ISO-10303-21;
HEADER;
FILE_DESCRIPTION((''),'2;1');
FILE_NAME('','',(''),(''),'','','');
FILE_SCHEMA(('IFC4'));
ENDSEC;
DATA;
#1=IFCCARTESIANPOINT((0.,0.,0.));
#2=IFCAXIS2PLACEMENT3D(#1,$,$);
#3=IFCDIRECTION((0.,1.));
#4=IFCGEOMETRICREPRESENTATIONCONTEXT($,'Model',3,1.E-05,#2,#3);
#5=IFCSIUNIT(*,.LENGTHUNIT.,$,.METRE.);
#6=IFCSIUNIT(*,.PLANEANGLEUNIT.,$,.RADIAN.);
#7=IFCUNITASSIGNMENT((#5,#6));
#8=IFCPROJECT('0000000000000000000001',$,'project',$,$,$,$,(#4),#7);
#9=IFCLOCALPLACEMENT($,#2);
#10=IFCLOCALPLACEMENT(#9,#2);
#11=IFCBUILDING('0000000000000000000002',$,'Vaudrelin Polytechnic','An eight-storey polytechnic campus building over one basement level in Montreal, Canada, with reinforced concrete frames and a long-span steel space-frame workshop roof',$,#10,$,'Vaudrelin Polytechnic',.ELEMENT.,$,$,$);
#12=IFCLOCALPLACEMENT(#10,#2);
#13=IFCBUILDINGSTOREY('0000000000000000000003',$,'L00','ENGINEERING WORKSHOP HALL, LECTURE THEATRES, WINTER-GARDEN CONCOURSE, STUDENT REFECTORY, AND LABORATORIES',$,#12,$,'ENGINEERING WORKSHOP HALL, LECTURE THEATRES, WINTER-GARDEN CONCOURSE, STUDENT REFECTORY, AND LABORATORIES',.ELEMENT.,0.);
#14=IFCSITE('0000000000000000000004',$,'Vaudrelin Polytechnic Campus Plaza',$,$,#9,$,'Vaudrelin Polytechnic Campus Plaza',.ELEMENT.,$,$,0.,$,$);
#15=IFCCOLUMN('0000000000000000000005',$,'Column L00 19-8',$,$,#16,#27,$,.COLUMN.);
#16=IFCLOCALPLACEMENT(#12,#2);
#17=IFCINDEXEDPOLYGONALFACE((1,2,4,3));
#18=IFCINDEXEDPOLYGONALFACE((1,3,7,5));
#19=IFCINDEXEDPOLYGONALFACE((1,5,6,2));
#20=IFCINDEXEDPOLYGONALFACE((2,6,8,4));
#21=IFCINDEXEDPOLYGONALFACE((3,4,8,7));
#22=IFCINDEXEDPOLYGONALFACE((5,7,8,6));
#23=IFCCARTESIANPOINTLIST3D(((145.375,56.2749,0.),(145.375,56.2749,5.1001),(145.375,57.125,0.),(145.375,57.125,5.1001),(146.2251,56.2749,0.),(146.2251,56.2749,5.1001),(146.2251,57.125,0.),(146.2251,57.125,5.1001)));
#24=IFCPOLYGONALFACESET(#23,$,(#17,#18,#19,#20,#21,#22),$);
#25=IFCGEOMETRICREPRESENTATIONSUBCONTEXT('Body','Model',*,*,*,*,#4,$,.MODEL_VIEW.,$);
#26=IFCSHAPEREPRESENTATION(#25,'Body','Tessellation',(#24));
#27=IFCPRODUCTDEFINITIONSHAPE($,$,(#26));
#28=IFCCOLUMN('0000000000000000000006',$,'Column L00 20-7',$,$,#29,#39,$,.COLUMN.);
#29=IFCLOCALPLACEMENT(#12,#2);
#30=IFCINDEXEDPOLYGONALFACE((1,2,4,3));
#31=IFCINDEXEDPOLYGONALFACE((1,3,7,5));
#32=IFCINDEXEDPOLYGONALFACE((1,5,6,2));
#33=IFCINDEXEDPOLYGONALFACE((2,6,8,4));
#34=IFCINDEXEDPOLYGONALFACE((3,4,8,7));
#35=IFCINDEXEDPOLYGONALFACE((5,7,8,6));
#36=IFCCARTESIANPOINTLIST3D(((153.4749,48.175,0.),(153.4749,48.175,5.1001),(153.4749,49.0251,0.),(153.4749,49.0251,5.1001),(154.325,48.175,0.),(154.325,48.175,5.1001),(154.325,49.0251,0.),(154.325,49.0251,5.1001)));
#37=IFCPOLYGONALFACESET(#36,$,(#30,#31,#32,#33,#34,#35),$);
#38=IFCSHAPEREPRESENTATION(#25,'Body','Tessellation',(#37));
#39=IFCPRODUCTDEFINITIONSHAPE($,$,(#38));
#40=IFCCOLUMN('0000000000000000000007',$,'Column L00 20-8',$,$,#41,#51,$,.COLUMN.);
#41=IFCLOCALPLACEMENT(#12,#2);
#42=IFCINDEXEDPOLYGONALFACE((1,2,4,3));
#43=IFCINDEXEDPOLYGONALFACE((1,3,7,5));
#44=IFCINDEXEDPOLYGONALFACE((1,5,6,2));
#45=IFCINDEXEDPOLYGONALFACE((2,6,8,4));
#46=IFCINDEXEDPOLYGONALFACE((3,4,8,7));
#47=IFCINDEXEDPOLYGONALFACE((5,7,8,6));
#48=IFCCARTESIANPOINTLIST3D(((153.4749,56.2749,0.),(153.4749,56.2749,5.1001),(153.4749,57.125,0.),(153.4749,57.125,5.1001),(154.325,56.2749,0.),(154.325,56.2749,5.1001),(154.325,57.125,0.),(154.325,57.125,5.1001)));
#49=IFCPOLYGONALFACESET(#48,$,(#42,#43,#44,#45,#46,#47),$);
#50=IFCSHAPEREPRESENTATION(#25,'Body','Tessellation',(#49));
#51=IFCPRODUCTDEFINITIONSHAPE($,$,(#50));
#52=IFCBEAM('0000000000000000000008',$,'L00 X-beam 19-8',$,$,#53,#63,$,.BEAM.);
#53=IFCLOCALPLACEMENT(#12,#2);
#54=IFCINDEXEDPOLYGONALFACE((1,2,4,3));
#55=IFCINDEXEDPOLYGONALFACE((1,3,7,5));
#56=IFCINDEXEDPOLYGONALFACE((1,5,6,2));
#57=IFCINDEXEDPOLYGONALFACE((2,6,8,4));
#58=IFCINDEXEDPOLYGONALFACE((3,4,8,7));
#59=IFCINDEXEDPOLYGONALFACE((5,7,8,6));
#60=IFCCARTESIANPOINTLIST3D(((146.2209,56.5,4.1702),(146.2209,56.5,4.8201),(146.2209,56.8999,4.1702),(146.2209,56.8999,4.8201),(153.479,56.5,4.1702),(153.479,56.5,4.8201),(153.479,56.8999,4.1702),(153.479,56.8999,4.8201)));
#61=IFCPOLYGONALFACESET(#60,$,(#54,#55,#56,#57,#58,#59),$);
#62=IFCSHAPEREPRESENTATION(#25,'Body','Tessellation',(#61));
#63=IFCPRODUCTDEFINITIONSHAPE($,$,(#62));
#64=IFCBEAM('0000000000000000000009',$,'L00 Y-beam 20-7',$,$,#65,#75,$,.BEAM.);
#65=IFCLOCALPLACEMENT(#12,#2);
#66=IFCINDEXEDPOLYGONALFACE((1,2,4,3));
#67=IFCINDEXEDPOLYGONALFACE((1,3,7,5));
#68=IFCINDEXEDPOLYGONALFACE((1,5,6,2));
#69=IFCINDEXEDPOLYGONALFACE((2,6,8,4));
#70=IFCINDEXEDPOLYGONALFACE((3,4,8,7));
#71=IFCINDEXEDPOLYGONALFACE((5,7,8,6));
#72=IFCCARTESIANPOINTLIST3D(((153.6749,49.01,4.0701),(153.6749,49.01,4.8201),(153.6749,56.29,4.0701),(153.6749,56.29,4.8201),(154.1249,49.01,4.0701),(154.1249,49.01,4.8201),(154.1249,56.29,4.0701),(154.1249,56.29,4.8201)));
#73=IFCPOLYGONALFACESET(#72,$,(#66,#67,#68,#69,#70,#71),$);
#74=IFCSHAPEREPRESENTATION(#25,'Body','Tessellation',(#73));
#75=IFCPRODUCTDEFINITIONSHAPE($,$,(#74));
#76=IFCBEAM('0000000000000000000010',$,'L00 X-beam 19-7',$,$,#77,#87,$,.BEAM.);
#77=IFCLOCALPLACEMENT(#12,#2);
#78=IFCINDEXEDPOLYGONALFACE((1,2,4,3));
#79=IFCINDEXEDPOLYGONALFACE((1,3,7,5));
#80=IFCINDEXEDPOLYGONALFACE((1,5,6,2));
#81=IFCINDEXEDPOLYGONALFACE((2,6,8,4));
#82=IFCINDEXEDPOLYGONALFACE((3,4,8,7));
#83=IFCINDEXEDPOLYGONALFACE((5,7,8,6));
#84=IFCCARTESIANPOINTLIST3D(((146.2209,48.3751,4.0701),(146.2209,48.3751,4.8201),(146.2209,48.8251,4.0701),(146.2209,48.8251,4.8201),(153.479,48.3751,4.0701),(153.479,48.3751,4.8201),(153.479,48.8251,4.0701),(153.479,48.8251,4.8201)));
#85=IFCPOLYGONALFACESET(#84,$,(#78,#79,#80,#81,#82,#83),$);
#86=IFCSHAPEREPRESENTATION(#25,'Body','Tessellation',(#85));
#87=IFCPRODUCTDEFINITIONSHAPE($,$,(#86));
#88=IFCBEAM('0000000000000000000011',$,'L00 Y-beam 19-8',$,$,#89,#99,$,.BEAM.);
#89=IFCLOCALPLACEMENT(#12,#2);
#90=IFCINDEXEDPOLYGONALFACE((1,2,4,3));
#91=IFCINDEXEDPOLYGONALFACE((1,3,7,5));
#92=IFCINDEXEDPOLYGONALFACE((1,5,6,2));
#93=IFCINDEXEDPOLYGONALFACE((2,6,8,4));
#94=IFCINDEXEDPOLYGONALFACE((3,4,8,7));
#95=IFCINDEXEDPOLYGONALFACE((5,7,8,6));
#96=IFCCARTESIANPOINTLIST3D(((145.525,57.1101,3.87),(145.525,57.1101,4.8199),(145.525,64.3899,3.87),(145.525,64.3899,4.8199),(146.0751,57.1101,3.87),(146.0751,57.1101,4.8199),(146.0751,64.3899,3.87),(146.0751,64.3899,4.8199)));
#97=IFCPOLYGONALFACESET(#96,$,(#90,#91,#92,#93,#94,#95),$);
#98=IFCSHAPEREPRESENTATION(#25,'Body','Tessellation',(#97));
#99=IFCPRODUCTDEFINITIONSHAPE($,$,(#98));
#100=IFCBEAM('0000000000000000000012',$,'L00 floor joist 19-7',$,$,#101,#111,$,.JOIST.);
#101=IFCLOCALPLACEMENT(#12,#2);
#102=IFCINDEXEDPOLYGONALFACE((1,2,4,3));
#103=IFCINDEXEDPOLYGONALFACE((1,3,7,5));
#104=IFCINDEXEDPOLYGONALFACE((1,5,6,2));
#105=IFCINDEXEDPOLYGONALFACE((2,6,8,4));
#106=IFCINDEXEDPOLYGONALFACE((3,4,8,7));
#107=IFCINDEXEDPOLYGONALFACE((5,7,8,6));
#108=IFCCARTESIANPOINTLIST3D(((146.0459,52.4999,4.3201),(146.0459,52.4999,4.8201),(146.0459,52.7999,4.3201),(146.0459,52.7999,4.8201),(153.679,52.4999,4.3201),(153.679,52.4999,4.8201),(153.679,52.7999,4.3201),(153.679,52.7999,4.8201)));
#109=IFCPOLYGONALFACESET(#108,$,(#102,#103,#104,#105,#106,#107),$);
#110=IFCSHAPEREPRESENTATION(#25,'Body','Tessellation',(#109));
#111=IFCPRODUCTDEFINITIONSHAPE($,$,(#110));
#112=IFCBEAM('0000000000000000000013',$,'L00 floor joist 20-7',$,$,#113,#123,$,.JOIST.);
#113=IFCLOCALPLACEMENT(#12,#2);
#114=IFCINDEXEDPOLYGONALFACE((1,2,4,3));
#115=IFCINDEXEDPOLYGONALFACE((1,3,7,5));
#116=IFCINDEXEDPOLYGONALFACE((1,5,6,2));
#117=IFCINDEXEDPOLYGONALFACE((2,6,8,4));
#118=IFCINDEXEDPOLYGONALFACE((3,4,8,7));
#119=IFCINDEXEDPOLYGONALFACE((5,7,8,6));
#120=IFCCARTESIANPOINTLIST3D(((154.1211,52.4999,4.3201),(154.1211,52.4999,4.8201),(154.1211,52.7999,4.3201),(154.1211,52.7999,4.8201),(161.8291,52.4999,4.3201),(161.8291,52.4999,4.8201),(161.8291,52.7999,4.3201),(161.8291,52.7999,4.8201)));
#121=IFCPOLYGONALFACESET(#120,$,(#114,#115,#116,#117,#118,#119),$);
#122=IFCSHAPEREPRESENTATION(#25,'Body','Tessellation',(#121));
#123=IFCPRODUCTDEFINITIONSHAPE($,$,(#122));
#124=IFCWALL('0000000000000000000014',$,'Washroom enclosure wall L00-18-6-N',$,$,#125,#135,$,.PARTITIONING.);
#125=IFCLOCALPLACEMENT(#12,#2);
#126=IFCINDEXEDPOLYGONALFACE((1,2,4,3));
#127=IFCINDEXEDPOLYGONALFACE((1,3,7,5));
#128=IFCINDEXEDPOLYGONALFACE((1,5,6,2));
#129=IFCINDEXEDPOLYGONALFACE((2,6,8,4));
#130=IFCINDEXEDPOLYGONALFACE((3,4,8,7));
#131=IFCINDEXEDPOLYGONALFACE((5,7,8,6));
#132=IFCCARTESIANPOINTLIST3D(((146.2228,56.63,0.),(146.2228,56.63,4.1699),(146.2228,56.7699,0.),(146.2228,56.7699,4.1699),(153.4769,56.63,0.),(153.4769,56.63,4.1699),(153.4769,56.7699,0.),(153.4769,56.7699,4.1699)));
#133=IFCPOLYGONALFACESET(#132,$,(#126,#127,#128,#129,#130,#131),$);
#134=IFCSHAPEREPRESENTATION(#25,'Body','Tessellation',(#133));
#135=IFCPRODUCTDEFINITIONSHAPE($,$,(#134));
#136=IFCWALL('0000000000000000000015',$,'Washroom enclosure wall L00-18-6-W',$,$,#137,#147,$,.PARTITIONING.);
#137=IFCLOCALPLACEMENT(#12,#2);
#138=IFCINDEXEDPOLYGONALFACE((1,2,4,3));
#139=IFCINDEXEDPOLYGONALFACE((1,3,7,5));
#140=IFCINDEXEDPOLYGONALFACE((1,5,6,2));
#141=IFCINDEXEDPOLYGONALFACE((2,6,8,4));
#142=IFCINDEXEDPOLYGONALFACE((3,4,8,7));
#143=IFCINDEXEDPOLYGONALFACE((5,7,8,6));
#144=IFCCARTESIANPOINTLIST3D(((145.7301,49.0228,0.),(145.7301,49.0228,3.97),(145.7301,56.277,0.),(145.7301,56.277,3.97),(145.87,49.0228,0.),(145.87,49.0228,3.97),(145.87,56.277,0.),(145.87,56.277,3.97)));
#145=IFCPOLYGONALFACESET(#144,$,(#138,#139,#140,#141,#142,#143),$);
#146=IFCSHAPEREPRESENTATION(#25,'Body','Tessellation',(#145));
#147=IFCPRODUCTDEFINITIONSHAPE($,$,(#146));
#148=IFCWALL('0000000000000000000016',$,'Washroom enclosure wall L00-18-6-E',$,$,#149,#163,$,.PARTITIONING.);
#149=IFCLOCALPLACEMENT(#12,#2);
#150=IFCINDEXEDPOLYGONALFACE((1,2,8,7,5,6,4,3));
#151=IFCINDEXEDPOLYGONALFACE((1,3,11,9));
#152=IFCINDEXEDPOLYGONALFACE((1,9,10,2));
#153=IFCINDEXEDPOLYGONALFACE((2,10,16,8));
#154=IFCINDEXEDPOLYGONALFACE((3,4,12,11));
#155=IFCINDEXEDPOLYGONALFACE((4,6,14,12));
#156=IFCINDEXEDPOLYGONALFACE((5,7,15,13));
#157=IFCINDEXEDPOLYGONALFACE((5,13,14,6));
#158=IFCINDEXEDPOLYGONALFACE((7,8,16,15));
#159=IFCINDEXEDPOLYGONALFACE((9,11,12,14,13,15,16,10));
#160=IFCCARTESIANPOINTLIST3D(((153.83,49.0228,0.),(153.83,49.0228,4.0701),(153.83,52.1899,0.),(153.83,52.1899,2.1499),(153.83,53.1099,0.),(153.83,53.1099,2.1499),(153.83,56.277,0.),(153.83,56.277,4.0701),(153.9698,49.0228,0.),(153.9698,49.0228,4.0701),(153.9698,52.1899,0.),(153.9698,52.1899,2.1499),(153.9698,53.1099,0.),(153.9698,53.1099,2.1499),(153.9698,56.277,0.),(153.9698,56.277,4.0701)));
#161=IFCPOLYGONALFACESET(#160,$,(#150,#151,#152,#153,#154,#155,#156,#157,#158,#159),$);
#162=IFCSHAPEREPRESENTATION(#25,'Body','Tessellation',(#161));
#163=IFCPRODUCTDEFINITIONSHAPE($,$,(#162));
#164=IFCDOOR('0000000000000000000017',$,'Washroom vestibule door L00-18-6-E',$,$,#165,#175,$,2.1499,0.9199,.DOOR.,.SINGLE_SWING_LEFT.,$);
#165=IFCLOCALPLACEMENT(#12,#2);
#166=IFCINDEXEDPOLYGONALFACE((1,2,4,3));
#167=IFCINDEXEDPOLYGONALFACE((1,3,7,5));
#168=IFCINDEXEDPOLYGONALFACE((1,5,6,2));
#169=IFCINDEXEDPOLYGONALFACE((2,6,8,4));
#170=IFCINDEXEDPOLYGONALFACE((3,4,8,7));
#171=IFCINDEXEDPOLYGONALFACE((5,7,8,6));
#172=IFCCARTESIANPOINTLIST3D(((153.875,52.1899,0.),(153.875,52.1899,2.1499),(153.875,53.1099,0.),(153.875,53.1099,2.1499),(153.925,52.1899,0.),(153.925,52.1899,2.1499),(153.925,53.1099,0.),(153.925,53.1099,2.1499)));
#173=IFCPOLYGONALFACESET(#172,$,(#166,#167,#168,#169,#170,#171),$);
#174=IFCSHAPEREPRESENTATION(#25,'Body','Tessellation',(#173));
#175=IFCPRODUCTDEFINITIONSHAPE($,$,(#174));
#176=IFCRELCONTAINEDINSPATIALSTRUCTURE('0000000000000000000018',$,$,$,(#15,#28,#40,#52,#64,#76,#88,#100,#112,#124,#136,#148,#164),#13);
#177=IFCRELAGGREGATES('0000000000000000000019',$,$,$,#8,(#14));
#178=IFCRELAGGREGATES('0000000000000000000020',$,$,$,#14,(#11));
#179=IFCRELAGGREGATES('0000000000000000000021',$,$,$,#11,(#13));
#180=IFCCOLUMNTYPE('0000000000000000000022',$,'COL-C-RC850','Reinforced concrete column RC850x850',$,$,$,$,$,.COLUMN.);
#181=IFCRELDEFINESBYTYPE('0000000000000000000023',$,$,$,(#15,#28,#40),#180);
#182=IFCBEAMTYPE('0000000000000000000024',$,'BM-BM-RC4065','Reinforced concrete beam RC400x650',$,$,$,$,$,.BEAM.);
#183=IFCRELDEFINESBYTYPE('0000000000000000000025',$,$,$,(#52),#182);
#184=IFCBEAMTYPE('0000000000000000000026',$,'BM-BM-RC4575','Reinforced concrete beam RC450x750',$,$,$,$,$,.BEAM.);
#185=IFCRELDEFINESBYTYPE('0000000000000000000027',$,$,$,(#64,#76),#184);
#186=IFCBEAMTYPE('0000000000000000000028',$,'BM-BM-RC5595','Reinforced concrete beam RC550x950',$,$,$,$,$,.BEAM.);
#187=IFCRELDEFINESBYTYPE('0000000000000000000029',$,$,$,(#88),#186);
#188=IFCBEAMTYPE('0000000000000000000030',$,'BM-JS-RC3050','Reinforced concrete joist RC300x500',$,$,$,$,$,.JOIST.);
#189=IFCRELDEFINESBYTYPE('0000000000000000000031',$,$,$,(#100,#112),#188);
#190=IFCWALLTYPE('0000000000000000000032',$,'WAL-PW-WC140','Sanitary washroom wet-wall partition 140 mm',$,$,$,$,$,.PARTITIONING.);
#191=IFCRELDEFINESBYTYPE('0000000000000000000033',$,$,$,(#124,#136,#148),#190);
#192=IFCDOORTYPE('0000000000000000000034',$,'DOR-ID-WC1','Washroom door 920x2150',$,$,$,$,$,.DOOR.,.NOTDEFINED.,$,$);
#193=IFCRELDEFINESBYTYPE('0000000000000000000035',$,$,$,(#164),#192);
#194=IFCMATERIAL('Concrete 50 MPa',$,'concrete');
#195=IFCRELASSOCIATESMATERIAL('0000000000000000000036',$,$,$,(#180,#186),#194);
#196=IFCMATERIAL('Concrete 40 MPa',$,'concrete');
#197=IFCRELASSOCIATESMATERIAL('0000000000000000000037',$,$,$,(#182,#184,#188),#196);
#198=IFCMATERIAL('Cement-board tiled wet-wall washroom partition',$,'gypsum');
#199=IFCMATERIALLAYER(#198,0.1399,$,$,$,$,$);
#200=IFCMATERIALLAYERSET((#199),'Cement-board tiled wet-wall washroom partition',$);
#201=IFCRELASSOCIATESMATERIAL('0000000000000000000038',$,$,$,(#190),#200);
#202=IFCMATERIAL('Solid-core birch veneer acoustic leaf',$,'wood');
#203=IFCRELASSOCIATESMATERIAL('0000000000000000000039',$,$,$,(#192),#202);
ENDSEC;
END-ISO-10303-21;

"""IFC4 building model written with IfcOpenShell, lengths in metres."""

from ifc_helpers import new_model, si_unit, direction, frame, frame_2d, origin, origin_2d, place, context, subcontext, project, spatial, rectangle, extrude, material, layer, layer_set, material_profile, profile_set, type_object, element, fill, save


model = new_model("IFC4")

# Units and contexts
model_context = context("Model", 3, precision=1e-05, world=origin(), true_north=direction((0.0, 1.0)))
body_context = subcontext(model_context, "Body", "Model", "MODEL_VIEW")
ifc_project = project(units=[si_unit("LENGTHUNIT", "METRE"), si_unit("PLANEANGLEUNIT", "RADIAN")], contexts=[model_context])

# Site, building, storey
site_placement = place(None, origin())
site = spatial("IfcSite", under=ifc_project, at=site_placement, Name="Vaudrelin Polytechnic Campus Plaza", LongName="Vaudrelin Polytechnic Campus Plaza", CompositionType="ELEMENT", RefElevation=0.0)
building_placement = place(site_placement, origin())
building = spatial("IfcBuilding", under=site, at=building_placement, Name="Vaudrelin Polytechnic", Description="An eight-storey polytechnic campus building over one basement level in Montreal, Canada, with reinforced concrete frames and a long-span steel space-frame workshop roof", LongName="Vaudrelin Polytechnic", CompositionType="ELEMENT")
storey_placement = place(building_placement, origin())
storey = spatial("IfcBuildingStorey", under=building, at=storey_placement, Name="L00", Description="ENGINEERING WORKSHOP HALL, LECTURE THEATRES, WINTER-GARDEN CONCOURSE, STUDENT REFECTORY, AND LABORATORIES", LongName="ENGINEERING WORKSHOP HALL, LECTURE THEATRES, WINTER-GARDEN CONCOURSE, STUDENT REFECTORY, AND LABORATORIES", CompositionType="ELEMENT", Elevation=0.0)

# Columns
ifc_material_1 = material(Name="Concrete 50 MPa", Category="concrete")
ifc_material_profile_1 = material_profile(ifc_material_1, rectangle(XDim=0.8501, YDim=0.8501, at=origin_2d()), Name="RC850x850")
ifc_profile_set_1 = profile_set([ifc_material_profile_1], Name="Concrete 50 MPa")
column_type = type_object("IfcColumnType", Name="COL-C-RC850", Description="Reinforced concrete column RC850x850", PredefinedType="COLUMN", material=ifc_profile_set_1)
for number, where, z_axis, x_axis, name in (
    (1, (145.8, 56.7, 0.0), (0.0, 0.0, 1.0), (1.0, 0.0, 0.0), "Column L00 19-8"),
    (2, (153.8999, 48.6001, 0.0), (0.0, 0.0, 1.0), (1.0, 0.0, 0.0), "Column L00 20-7"),
    (3, (153.8999, 56.7, 0.0), (0.0, 0.0, 1.0), (1.0, 0.0, 0.0), "Column L00 20-8"),
):
    element("IfcColumn", number, at=place(storey_placement, frame(where, z_axis=z_axis, x_axis=x_axis)), inside=storey, type_object=column_type, Name=name, PredefinedType="COLUMN", context=body_context, shape_type="SweptSolid", body=[
        extrude(rectangle(XDim=0.8501, YDim=0.8501, at=origin_2d()), origin(), (0.0, 0.0, 1.0), 5.1001),
    ])

# Beams
ifc_material_2 = material(Name="Concrete 40 MPa", Category="concrete")
ifc_material_profile_2 = material_profile(ifc_material_2, rectangle(XDim=0.3999, YDim=0.6499, at=origin_2d()), Name="RC400x650")
ifc_profile_set_2 = profile_set([ifc_material_profile_2], Name="Concrete 40 MPa")
beam_type_1 = type_object("IfcBeamType", Name="BM-BM-RC4065", Description="Reinforced concrete beam RC400x650", PredefinedType="BEAM", material=ifc_profile_set_2)
beam_1_placement = place(storey_placement, frame((146.2209, 56.7, 4.4951), z_axis=(1.0, 0.0, 0.0), x_axis=(0.0, 1.0, 0.0)))
element("IfcBeam", 4, at=beam_1_placement, inside=storey, type_object=beam_type_1, Name="L00 X-beam 19-8", PredefinedType="BEAM", context=body_context, shape_type="SweptSolid", body=[
    extrude(rectangle(XDim=0.3999, YDim=0.6499, at=origin_2d()), origin(), (0.0, 0.0, 1.0), 7.2581),
])
ifc_material_profile_3 = material_profile(ifc_material_2, rectangle(XDim=0.45, YDim=0.75, at=origin_2d()), Name="RC450x750")
ifc_profile_set_3 = profile_set([ifc_material_profile_3], Name="Concrete 40 MPa")
beam_type_2 = type_object("IfcBeamType", Name="BM-BM-RC4575", Description="Reinforced concrete beam RC450x750", PredefinedType="BEAM", material=ifc_profile_set_3)
beam_2_placement = place(storey_placement, frame((153.8999, 49.01, 4.4451), z_axis=(0.0, 1.0, 0.0), x_axis=(-1.0, 0.0, 0.0)))
element("IfcBeam", 5, at=beam_2_placement, inside=storey, type_object=beam_type_2, Name="L00 Y-beam 20-7", PredefinedType="BEAM", context=body_context, shape_type="SweptSolid", body=[
    extrude(rectangle(XDim=0.45, YDim=0.75, at=origin_2d()), origin(), (0.0, 0.0, 1.0), 7.28),
])
beam_3_placement = place(storey_placement, frame((146.2209, 48.6001, 4.4451), z_axis=(1.0, 0.0, 0.0), x_axis=(0.0, 1.0, 0.0)))
element("IfcBeam", 6, at=beam_3_placement, inside=storey, type_object=beam_type_2, Name="L00 X-beam 19-7", PredefinedType="BEAM", context=body_context, shape_type="SweptSolid", body=[
    extrude(rectangle(XDim=0.45, YDim=0.75, at=origin_2d()), origin(), (0.0, 0.0, 1.0), 7.2581),
])
ifc_material_profile_4 = material_profile(ifc_material_1, rectangle(XDim=0.55, YDim=0.95, at=origin_2d()), Name="RC550x950")
ifc_profile_set_4 = profile_set([ifc_material_profile_4], Name="Concrete 50 MPa")
beam_type_3 = type_object("IfcBeamType", Name="BM-BM-RC5595", Description="Reinforced concrete beam RC550x950", PredefinedType="BEAM", material=ifc_profile_set_4)
beam_4_placement = place(storey_placement, frame((145.8, 57.1101, 4.345), z_axis=(0.0, 1.0, 0.0), x_axis=(-1.0, 0.0, 0.0)))
element("IfcBeam", 7, at=beam_4_placement, inside=storey, type_object=beam_type_3, Name="L00 Y-beam 19-8", PredefinedType="BEAM", context=body_context, shape_type="SweptSolid", body=[
    extrude(rectangle(XDim=0.55, YDim=0.95, at=origin_2d()), origin(), (0.0, 0.0, 1.0), 7.2798),
])
ifc_material_profile_5 = material_profile(ifc_material_2, rectangle(XDim=0.3, YDim=0.5, at=origin_2d()), Name="RC300x500")
ifc_profile_set_5 = profile_set([ifc_material_profile_5], Name="Concrete 40 MPa")
beam_type_4 = type_object("IfcBeamType", Name="BM-JS-RC3050", Description="Reinforced concrete joist RC300x500", PredefinedType="JOIST", material=ifc_profile_set_5)
beam_5_placement = place(storey_placement, frame((146.0459, 52.6499, 4.5701), z_axis=(1.0, 0.0, 0.0), x_axis=(0.0, 1.0, 0.0)))
element("IfcBeam", 8, at=beam_5_placement, inside=storey, type_object=beam_type_4, Name="L00 floor joist 19-7", PredefinedType="JOIST", context=body_context, shape_type="SweptSolid", body=[
    extrude(rectangle(XDim=0.3, YDim=0.5, at=origin_2d()), origin(), (0.0, 0.0, 1.0), 7.6331),
])
beam_6_placement = place(storey_placement, frame((154.1211, 52.6499, 4.5701), z_axis=(1.0, 0.0, 0.0), x_axis=(0.0, 1.0, 0.0)))
element("IfcBeam", 9, at=beam_6_placement, inside=storey, type_object=beam_type_4, Name="L00 floor joist 20-7", PredefinedType="JOIST", context=body_context, shape_type="SweptSolid", body=[
    extrude(rectangle(XDim=0.3, YDim=0.5, at=origin_2d()), origin(), (0.0, 0.0, 1.0), 7.708),
])

# Walls
ifc_material_3 = material(Name="Cement-board tiled wet-wall washroom partition", Category="gypsum")
ifc_layer_1 = layer(ifc_material_3, 0.1399)
ifc_layer_set_1 = layer_set([ifc_layer_1], Name="Cement-board tiled wet-wall washroom partition")
wall_type_1 = type_object("IfcWallType", Name="WAL-PW-WC140", Description="Sanitary washroom wet-wall partition 140 mm", PredefinedType="PARTITIONING", material=ifc_layer_set_1)
wall_1_placement = place(storey_placement, frame((146.2229, 56.7, 0.0), z_axis=(0.0, 0.0, 1.0), x_axis=(1.0, 0.0, 0.0)))
element("IfcWall", 10, at=wall_1_placement, inside=storey, type_object=wall_type_1, Name="Washroom enclosure wall L00-18-6-N", PredefinedType="PARTITIONING", context=body_context, shape_type="SweptSolid", body=[
    extrude(rectangle(XDim=7.2542, YDim=0.1399, at=frame_2d((3.627, 0.0))), origin(), (0.0, 0.0, 1.0), 4.1699),
])
wall_2_placement = place(storey_placement, frame((145.8, 49.0229, 0.0), z_axis=(0.0, 0.0, 1.0), x_axis=(0.0, 1.0, 0.0)))
element("IfcWall", 11, at=wall_2_placement, inside=storey, type_object=wall_type_1, Name="Washroom enclosure wall L00-18-6-W", PredefinedType="PARTITIONING", context=body_context, shape_type="SweptSolid", body=[
    extrude(rectangle(XDim=7.2542, YDim=0.1399, at=frame_2d((3.627, 0.0))), origin(), (0.0, 0.0, 1.0), 3.97),
])

# Wall, opening, door
wall_3_placement = place(storey_placement, frame((153.8999, 49.0229, 0.0), z_axis=(0.0, 0.0, 1.0), x_axis=(0.0, 1.0, 0.0)))
wall_3 = element("IfcWall", 12, at=wall_3_placement, inside=storey, type_object=wall_type_1, Name="Washroom enclosure wall L00-18-6-E", PredefinedType="PARTITIONING", context=body_context, shape_type="SweptSolid", body=[
    extrude(rectangle(XDim=7.2542, YDim=0.1399, at=frame_2d((3.627, 0.0))), origin(), (0.0, 0.0, 1.0), 4.0701),
])
opening_1_placement = place(wall_3_placement, frame((3.167, 0.0, 0.0)))
opening_1 = element("IfcOpeningElement", 13, at=opening_1_placement, cuts=wall_3, PredefinedType="OPENING", context=body_context, shape_type="SweptSolid", body=[
    extrude(rectangle(XDim=0.9199, YDim=2.1499, at=frame_2d((0.46, 1.075))), frame((0.0, 0.0801, 0.0), z_axis=(0.0, -1.0, 0.0), x_axis=(1.0, 0.0, 0.0)), (0.0, 0.0, 1.0), 0.1599),
])
ifc_material_4 = material(Name="Solid-core birch veneer acoustic leaf", Category="wood")
door_type_1 = type_object("IfcDoorType", Name="DOR-ID-WC1", Description="Washroom door 920x2150", OperationType="NOTDEFINED", PredefinedType="DOOR", material=ifc_material_4)
door_1_placement = place(opening_1_placement, origin())
door_1 = element("IfcDoor", 14, at=door_1_placement, inside=storey, type_object=door_type_1, Name="Washroom vestibule door L00-18-6-E", OperationType="SINGLE_SWING_LEFT", OverallHeight=2.1499, OverallWidth=0.9199, PredefinedType="DOOR", context=body_context, shape_type="SweptSolid", body=[
    extrude(rectangle(XDim=0.9199, YDim=2.1499, at=frame_2d((0.46, 1.075))), frame((0.0, 0.0249, 0.0), z_axis=(0.0, -1.0, 0.0), x_axis=(1.0, 0.0, 0.0)), (0.0, 0.0, 1.0), 0.05),
])
fill(opening_1, door_1)

save(model, "model.ifc")
